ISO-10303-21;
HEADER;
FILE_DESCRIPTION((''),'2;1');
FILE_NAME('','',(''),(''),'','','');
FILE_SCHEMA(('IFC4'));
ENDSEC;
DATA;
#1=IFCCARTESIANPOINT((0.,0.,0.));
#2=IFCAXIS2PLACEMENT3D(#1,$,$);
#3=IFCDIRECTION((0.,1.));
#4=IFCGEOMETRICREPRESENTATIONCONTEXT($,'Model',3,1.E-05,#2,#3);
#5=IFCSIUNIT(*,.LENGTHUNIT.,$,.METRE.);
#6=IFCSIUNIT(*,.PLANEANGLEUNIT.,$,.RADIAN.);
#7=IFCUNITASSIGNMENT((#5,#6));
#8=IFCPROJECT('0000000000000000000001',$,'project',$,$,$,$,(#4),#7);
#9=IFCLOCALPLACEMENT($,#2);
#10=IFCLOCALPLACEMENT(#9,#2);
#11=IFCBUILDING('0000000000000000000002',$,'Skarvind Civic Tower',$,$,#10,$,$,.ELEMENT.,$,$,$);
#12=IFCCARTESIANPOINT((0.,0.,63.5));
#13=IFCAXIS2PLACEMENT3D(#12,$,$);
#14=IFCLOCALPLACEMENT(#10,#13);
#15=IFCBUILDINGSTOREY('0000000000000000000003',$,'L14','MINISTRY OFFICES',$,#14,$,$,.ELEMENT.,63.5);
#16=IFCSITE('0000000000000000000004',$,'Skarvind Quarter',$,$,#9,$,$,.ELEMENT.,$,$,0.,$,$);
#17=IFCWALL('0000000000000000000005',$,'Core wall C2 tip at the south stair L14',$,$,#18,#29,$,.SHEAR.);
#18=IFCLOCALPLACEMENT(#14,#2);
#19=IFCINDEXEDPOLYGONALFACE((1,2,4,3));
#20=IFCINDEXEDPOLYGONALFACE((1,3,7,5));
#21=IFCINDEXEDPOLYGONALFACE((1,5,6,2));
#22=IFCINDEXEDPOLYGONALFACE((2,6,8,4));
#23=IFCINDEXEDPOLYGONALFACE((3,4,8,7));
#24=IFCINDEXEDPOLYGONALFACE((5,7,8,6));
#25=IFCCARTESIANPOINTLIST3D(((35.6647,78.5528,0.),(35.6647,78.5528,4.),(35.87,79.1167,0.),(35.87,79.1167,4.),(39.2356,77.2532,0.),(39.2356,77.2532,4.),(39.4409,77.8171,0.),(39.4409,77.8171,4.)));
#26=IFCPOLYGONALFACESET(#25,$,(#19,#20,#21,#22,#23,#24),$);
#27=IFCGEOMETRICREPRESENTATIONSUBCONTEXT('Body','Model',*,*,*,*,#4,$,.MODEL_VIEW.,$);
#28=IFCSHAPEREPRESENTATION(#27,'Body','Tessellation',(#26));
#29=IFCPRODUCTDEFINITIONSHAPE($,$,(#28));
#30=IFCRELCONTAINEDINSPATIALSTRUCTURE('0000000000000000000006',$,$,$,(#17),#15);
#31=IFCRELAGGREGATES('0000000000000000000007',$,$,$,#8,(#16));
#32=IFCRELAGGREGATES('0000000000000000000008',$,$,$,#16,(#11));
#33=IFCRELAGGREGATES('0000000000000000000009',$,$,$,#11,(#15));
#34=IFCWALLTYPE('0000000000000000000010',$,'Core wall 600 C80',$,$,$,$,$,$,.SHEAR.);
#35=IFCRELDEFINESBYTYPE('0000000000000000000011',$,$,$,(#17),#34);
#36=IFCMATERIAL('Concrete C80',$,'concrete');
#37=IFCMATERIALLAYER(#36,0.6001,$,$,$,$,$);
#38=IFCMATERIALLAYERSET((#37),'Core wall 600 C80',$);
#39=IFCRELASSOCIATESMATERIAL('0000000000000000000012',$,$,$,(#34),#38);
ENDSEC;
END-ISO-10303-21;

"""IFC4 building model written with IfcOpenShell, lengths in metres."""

from ifc_helpers import new_model, si_unit, direction, frame, frame_2d, origin, place, context, subcontext, project, spatial, rectangle, extrude, material, layer, layer_set, type_object, element, save


model = new_model("IFC4")

# Units and contexts
model_context = context("Model", 3, precision=1e-05, world=origin(), true_north=direction((0.0, 1.0)))
body_context = subcontext(model_context, "Body", "Model", "MODEL_VIEW")
ifc_project = project(units=[si_unit("LENGTHUNIT", "METRE"), si_unit("PLANEANGLEUNIT", "RADIAN")], contexts=[model_context])

# Site, building, storey
site_placement = place(None, origin())
site = spatial("IfcSite", under=ifc_project, at=site_placement, Name="Skarvind Quarter", CompositionType="ELEMENT", RefElevation=0.0)
building_placement = place(site_placement, origin())
building = spatial("IfcBuilding", under=site, at=building_placement, Name="Skarvind Civic Tower", CompositionType="ELEMENT")
storey_placement = place(building_placement, frame((0.0, 0.0, 63.5)))
storey = spatial("IfcBuildingStorey", under=building, at=storey_placement, Name="L14", Description="MINISTRY OFFICES", CompositionType="ELEMENT", Elevation=63.5)

# Wall
ifc_material_1 = material(Name="Concrete C80", Category="concrete")
ifc_layer_1 = layer(ifc_material_1, 0.6001)
ifc_layer_set_1 = layer_set([ifc_layer_1], Name="Core wall 600 C80")
wall_type = type_object("IfcWallType", Name="Core wall 600 C80", PredefinedType="SHEAR", material=ifc_layer_set_1)
wall_placement = place(storey_placement, frame((39.3381, 77.5352, 0.0), z_axis=(0.0, 0.0, 1.0), x_axis=(-0.939701, 0.341996, 0.0)))
element("IfcWall", 1, at=wall_placement, inside=storey, type_object=wall_type, Name="Core wall C2 tip at the south stair L14", PredefinedType="SHEAR", context=body_context, shape_type="SweptSolid", body=[
    extrude(rectangle(XDim=3.8, YDim=0.6001, at=frame_2d((1.8999, 0.0))), origin(), (0.0, 0.0, 1.0), 4.0),
])

save(model, "model.ifc")
